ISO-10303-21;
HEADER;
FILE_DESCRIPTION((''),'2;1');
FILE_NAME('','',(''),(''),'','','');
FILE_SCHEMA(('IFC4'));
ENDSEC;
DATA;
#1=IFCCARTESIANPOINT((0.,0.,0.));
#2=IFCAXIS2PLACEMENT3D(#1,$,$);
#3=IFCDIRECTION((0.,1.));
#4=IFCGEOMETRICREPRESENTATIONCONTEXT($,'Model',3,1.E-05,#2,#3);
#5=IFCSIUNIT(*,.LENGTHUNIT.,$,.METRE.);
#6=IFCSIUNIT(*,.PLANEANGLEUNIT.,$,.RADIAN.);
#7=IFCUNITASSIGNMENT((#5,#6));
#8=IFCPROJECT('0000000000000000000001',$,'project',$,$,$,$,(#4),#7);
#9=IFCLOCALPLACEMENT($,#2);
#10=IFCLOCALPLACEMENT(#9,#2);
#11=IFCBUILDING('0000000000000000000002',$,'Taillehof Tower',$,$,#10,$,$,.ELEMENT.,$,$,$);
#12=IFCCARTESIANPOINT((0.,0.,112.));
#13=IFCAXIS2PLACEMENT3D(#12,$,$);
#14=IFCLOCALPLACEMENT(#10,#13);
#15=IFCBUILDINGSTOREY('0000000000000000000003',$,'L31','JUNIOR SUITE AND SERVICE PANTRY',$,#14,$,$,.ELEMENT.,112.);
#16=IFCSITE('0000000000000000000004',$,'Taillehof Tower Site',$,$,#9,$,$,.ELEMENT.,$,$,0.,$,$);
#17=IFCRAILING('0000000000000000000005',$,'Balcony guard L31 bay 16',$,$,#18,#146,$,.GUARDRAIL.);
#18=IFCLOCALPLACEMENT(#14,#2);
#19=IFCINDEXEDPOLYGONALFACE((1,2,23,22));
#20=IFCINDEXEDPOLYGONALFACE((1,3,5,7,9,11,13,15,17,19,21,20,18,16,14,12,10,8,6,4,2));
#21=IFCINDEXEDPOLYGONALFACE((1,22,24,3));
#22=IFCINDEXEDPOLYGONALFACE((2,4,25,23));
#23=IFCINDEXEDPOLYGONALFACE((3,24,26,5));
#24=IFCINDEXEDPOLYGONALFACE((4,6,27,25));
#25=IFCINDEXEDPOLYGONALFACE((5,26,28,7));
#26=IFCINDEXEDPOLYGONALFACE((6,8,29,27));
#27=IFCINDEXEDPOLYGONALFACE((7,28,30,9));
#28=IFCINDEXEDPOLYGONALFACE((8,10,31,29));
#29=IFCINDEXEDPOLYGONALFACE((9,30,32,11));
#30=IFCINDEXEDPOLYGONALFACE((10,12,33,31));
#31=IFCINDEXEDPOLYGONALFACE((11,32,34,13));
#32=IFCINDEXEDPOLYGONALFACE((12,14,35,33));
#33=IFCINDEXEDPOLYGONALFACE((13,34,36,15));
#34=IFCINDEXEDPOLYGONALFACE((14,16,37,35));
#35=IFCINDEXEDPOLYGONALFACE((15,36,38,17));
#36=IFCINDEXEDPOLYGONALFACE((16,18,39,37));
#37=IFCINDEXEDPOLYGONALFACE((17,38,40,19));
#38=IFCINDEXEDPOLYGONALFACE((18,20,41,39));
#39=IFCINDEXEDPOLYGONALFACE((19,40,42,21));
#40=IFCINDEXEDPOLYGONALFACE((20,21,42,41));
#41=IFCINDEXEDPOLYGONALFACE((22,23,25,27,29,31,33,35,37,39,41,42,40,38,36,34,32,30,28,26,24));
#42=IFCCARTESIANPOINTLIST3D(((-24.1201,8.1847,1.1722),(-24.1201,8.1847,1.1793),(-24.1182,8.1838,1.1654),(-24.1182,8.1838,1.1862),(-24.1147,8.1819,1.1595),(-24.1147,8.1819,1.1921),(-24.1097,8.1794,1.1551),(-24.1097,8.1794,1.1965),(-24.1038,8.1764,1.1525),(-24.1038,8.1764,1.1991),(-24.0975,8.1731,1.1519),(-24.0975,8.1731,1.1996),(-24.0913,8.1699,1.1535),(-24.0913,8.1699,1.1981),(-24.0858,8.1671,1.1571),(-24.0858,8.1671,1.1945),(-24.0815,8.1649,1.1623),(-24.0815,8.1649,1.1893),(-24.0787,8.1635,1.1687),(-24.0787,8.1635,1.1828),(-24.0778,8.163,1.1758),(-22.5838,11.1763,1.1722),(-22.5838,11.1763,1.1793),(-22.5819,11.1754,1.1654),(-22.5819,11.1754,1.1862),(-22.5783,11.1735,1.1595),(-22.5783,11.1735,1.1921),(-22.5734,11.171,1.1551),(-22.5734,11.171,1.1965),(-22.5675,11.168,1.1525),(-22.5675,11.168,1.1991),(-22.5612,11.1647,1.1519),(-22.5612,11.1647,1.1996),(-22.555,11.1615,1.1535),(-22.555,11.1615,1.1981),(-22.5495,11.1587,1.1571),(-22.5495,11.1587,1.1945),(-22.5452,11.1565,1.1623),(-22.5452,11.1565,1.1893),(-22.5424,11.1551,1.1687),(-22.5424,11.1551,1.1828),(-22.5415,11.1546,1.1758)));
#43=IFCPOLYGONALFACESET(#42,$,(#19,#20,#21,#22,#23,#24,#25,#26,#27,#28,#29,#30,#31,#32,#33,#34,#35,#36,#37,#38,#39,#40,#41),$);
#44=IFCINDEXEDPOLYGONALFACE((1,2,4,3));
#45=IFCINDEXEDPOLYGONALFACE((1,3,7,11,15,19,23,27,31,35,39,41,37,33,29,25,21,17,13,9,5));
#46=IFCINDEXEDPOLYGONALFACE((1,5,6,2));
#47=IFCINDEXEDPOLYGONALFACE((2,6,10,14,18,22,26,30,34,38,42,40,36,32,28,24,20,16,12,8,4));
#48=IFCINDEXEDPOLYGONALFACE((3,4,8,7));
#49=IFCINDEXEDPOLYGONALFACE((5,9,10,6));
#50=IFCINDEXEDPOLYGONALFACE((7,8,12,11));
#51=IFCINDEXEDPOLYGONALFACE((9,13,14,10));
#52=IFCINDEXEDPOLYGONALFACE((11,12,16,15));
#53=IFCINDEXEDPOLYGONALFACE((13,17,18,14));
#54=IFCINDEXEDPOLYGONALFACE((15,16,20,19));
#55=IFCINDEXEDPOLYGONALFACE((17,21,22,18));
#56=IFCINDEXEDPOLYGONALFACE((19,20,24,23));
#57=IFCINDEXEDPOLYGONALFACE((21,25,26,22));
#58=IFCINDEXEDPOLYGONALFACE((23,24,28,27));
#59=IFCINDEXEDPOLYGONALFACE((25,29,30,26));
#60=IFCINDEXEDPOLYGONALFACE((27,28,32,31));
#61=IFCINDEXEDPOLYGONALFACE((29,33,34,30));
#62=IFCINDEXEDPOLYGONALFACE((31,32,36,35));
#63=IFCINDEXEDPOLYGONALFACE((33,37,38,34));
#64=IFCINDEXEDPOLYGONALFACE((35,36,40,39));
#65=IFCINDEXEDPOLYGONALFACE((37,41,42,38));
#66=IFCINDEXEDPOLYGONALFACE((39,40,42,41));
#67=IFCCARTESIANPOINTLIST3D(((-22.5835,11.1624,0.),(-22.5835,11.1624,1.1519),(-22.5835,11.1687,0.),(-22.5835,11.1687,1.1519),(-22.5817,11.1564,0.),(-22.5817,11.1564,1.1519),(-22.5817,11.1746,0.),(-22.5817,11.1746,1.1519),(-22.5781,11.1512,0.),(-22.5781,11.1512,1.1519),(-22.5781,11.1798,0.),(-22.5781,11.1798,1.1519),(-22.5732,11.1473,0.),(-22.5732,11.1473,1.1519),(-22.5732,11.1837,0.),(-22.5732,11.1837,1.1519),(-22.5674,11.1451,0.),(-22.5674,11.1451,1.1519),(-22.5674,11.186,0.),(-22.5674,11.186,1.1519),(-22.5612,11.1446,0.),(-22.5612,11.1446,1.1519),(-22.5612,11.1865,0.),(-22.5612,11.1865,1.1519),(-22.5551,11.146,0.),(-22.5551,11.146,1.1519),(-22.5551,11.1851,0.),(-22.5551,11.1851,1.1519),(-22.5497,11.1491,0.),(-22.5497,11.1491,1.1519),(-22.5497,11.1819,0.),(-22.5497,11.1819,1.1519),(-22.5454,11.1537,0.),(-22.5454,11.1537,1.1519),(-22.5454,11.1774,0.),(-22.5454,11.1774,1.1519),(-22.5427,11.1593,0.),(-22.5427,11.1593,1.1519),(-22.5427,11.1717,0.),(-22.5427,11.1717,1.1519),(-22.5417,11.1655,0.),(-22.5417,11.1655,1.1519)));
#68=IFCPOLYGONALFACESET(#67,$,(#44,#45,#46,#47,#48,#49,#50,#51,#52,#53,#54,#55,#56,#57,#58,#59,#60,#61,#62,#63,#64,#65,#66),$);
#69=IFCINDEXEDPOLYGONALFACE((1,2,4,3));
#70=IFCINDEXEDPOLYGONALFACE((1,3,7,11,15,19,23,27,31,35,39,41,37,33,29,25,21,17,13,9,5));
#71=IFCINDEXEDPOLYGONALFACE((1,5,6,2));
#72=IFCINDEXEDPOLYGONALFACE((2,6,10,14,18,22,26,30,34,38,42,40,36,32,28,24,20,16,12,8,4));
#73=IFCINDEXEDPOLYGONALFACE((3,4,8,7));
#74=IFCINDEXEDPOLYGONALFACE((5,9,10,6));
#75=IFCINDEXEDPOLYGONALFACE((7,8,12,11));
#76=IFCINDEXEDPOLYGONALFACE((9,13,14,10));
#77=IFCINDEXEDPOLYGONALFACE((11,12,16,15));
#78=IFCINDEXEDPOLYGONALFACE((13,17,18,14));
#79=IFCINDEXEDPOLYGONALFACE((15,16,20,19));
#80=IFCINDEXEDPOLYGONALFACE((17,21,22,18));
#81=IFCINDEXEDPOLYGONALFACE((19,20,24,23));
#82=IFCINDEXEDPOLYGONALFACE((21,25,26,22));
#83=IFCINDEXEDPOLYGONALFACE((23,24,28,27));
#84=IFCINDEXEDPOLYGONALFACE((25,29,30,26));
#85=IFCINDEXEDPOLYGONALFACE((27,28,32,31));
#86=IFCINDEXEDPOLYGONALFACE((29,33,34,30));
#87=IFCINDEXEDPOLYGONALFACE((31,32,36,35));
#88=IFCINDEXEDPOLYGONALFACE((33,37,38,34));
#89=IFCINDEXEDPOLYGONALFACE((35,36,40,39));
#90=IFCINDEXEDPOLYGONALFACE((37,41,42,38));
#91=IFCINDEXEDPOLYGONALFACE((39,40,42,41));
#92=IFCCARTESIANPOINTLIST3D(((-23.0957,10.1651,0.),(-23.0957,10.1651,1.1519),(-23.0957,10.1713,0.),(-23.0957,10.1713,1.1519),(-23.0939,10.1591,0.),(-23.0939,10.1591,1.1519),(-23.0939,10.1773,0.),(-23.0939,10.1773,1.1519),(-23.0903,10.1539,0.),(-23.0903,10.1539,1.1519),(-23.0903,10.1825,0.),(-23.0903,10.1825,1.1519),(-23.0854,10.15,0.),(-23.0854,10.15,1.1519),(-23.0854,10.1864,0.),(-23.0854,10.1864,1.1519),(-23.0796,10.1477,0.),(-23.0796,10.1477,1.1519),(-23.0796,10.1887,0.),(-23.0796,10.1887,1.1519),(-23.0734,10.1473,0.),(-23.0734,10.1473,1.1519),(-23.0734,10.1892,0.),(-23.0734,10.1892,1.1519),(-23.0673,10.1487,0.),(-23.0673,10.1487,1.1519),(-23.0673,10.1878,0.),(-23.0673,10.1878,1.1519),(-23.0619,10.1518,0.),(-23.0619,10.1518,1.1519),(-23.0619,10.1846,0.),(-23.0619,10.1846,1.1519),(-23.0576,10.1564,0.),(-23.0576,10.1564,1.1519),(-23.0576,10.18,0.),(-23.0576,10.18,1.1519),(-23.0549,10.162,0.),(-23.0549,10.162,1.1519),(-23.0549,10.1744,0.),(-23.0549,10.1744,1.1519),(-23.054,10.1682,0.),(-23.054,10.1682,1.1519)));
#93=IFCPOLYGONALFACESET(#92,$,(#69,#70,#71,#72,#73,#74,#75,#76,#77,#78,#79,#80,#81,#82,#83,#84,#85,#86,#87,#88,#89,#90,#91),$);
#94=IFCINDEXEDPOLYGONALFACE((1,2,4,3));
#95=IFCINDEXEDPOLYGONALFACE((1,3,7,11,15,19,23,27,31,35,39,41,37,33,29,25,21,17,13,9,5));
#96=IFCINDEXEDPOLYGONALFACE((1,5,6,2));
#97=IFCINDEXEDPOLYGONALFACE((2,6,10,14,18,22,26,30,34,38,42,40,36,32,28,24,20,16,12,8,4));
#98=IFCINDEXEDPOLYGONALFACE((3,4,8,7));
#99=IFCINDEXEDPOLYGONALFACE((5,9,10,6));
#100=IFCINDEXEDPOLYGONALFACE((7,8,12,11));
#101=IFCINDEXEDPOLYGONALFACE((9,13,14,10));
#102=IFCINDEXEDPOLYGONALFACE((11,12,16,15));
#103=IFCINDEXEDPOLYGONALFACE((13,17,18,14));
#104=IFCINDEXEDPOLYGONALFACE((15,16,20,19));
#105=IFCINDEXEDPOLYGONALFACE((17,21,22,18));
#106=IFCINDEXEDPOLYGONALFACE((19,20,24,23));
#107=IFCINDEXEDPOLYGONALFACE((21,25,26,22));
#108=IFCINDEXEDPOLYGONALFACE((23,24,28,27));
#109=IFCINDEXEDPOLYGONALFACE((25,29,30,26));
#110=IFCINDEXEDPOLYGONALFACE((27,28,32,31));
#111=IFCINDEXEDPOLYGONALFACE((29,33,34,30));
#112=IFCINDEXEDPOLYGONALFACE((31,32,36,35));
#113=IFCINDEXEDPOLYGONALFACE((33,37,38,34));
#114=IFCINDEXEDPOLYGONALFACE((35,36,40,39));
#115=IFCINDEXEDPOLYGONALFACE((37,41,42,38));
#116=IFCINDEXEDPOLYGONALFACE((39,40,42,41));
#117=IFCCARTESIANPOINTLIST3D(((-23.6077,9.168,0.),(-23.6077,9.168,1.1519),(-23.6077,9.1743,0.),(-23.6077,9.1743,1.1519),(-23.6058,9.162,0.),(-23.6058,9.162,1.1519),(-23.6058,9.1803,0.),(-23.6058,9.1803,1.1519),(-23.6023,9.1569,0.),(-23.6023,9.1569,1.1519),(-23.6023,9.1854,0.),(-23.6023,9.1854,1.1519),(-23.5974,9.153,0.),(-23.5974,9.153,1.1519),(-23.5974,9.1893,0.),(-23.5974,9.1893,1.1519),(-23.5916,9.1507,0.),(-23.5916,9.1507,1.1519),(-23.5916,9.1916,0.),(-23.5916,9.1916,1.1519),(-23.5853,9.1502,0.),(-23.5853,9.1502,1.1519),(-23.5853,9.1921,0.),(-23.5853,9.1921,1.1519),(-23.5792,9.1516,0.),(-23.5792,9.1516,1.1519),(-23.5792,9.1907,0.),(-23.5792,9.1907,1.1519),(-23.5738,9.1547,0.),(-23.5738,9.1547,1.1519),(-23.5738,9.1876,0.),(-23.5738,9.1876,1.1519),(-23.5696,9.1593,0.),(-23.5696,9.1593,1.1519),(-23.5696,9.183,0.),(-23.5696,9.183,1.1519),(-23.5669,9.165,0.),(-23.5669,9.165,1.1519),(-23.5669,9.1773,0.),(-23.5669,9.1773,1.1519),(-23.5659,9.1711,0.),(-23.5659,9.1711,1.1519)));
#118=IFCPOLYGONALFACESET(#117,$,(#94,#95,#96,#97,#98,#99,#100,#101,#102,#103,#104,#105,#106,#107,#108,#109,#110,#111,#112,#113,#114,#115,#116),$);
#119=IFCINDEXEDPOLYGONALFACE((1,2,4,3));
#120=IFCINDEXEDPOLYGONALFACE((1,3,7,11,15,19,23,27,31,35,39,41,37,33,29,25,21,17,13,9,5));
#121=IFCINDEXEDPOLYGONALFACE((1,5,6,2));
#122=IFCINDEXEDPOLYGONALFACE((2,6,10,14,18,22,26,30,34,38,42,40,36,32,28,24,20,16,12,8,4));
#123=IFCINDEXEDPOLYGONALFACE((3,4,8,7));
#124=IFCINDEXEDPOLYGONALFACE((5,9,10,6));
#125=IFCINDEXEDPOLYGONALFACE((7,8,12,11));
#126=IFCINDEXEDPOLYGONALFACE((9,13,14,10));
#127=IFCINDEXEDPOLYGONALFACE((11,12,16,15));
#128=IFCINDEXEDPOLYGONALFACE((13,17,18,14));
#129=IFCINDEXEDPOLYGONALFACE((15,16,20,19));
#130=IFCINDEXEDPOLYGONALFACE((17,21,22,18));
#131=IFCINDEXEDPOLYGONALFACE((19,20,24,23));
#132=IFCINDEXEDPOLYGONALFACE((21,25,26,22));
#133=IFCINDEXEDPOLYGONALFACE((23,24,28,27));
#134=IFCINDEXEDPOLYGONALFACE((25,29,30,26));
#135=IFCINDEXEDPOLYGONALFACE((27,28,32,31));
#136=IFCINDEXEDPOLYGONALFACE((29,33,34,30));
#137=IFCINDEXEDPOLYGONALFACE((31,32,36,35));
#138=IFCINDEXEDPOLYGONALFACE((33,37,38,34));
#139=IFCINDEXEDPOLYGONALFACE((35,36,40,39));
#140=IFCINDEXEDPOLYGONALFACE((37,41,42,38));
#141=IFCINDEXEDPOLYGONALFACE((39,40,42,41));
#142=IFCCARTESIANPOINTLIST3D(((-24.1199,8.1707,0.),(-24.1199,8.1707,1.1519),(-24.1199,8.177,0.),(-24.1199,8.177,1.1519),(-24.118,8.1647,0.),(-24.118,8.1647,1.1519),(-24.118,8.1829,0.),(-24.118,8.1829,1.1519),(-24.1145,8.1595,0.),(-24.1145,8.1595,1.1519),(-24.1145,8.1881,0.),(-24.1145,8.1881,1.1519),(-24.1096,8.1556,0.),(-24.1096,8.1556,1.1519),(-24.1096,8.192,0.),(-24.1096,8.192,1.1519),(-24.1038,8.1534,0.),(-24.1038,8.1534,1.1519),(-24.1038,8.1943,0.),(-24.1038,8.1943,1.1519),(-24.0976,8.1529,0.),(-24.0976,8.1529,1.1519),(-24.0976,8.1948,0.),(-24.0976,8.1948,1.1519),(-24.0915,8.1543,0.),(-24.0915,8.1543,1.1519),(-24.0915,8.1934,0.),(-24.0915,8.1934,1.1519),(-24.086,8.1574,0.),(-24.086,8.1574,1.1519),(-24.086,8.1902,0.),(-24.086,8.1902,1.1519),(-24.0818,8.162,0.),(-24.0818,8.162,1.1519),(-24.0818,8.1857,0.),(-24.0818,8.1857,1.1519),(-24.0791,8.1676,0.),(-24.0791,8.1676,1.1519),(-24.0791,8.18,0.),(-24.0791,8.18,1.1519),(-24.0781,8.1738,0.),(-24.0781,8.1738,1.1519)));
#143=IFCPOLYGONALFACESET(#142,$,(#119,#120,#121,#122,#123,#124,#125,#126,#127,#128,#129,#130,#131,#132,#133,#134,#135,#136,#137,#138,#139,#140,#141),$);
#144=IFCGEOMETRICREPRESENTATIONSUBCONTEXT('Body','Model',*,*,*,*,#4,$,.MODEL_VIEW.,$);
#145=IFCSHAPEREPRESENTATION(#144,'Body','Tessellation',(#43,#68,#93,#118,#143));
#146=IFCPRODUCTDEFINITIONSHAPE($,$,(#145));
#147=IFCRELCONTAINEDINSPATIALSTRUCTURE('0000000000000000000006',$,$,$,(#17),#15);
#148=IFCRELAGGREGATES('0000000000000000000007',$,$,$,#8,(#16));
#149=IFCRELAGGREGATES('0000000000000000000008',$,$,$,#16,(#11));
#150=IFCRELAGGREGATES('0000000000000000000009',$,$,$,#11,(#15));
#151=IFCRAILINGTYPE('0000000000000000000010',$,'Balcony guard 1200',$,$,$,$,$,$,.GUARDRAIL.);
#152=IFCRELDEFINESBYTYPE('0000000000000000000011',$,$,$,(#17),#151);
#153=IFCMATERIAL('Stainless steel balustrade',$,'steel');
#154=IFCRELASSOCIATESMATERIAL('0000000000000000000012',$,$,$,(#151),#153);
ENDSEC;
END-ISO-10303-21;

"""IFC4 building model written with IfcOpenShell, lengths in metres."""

from ifc_helpers import new_model, si_unit, direction, frame, origin, origin_2d, place, context, subcontext, project, spatial, circle, extrude, material, type_object, element, save


model = new_model("IFC4")

# Units and contexts
model_context = context("Model", 3, precision=1e-05, world=origin(), true_north=direction((0.0, 1.0)))
body_context = subcontext(model_context, "Body", "Model", "MODEL_VIEW")
ifc_project = project(units=[si_unit("LENGTHUNIT", "METRE"), si_unit("PLANEANGLEUNIT", "RADIAN")], contexts=[model_context])

# Site, building, storey
site_placement = place(None, origin())
site = spatial("IfcSite", under=ifc_project, at=site_placement, Name="Taillehof Tower Site", CompositionType="ELEMENT", RefElevation=0.0)
building_placement = place(site_placement, origin())
building = spatial("IfcBuilding", under=site, at=building_placement, Name="Taillehof Tower", CompositionType="ELEMENT")
storey_placement = place(building_placement, frame((0.0, 0.0, 112.0)))
storey = spatial("IfcBuildingStorey", under=building, at=storey_placement, Name="L31", Description="JUNIOR SUITE AND SERVICE PANTRY", CompositionType="ELEMENT", Elevation=112.0)

# Railing
ifc_material_1 = material(Name="Stainless steel balustrade", Category="steel")
railing_type_1 = type_object("IfcRailingType", Name="Balcony guard 1200", PredefinedType="GUARDRAIL", material=ifc_material_1)
railing_1_placement = place(storey_placement, frame((-22.5627, 11.1655, 0.0)))
element("IfcRailing", 1, at=railing_1_placement, inside=storey, type_object=railing_type_1, Name="Balcony guard L31 bay 16", PredefinedType="GUARDRAIL", context=body_context, shape_type="SweptSolid", body=[
    extrude(circle(Radius=0.0239, at=origin_2d()), frame((0.0, 0.0, 1.1758), z_axis=(-0.456828, -0.889555, 0.0), x_axis=(0.889555, -0.456828, 0.0)), (0.0, 0.0, 1.0), 3.363),
    extrude(circle(Radius=0.021, at=origin_2d()), origin(), (0.0, 0.0, 1.0), 1.1519),
    extrude(circle(Radius=0.021, at=origin_2d()), frame((-0.5122, -0.9973, 0.0)), (0.0, 0.0, 1.0), 1.1519),
    extrude(circle(Radius=0.021, at=origin_2d()), frame((-1.0242, -1.9944, 0.0)), (0.0, 0.0, 1.0), 1.1519),
    extrude(circle(Radius=0.021, at=origin_2d()), frame((-1.5364, -2.9917, 0.0)), (0.0, 0.0, 1.0), 1.1519),
])

save(model, "model.ifc")
